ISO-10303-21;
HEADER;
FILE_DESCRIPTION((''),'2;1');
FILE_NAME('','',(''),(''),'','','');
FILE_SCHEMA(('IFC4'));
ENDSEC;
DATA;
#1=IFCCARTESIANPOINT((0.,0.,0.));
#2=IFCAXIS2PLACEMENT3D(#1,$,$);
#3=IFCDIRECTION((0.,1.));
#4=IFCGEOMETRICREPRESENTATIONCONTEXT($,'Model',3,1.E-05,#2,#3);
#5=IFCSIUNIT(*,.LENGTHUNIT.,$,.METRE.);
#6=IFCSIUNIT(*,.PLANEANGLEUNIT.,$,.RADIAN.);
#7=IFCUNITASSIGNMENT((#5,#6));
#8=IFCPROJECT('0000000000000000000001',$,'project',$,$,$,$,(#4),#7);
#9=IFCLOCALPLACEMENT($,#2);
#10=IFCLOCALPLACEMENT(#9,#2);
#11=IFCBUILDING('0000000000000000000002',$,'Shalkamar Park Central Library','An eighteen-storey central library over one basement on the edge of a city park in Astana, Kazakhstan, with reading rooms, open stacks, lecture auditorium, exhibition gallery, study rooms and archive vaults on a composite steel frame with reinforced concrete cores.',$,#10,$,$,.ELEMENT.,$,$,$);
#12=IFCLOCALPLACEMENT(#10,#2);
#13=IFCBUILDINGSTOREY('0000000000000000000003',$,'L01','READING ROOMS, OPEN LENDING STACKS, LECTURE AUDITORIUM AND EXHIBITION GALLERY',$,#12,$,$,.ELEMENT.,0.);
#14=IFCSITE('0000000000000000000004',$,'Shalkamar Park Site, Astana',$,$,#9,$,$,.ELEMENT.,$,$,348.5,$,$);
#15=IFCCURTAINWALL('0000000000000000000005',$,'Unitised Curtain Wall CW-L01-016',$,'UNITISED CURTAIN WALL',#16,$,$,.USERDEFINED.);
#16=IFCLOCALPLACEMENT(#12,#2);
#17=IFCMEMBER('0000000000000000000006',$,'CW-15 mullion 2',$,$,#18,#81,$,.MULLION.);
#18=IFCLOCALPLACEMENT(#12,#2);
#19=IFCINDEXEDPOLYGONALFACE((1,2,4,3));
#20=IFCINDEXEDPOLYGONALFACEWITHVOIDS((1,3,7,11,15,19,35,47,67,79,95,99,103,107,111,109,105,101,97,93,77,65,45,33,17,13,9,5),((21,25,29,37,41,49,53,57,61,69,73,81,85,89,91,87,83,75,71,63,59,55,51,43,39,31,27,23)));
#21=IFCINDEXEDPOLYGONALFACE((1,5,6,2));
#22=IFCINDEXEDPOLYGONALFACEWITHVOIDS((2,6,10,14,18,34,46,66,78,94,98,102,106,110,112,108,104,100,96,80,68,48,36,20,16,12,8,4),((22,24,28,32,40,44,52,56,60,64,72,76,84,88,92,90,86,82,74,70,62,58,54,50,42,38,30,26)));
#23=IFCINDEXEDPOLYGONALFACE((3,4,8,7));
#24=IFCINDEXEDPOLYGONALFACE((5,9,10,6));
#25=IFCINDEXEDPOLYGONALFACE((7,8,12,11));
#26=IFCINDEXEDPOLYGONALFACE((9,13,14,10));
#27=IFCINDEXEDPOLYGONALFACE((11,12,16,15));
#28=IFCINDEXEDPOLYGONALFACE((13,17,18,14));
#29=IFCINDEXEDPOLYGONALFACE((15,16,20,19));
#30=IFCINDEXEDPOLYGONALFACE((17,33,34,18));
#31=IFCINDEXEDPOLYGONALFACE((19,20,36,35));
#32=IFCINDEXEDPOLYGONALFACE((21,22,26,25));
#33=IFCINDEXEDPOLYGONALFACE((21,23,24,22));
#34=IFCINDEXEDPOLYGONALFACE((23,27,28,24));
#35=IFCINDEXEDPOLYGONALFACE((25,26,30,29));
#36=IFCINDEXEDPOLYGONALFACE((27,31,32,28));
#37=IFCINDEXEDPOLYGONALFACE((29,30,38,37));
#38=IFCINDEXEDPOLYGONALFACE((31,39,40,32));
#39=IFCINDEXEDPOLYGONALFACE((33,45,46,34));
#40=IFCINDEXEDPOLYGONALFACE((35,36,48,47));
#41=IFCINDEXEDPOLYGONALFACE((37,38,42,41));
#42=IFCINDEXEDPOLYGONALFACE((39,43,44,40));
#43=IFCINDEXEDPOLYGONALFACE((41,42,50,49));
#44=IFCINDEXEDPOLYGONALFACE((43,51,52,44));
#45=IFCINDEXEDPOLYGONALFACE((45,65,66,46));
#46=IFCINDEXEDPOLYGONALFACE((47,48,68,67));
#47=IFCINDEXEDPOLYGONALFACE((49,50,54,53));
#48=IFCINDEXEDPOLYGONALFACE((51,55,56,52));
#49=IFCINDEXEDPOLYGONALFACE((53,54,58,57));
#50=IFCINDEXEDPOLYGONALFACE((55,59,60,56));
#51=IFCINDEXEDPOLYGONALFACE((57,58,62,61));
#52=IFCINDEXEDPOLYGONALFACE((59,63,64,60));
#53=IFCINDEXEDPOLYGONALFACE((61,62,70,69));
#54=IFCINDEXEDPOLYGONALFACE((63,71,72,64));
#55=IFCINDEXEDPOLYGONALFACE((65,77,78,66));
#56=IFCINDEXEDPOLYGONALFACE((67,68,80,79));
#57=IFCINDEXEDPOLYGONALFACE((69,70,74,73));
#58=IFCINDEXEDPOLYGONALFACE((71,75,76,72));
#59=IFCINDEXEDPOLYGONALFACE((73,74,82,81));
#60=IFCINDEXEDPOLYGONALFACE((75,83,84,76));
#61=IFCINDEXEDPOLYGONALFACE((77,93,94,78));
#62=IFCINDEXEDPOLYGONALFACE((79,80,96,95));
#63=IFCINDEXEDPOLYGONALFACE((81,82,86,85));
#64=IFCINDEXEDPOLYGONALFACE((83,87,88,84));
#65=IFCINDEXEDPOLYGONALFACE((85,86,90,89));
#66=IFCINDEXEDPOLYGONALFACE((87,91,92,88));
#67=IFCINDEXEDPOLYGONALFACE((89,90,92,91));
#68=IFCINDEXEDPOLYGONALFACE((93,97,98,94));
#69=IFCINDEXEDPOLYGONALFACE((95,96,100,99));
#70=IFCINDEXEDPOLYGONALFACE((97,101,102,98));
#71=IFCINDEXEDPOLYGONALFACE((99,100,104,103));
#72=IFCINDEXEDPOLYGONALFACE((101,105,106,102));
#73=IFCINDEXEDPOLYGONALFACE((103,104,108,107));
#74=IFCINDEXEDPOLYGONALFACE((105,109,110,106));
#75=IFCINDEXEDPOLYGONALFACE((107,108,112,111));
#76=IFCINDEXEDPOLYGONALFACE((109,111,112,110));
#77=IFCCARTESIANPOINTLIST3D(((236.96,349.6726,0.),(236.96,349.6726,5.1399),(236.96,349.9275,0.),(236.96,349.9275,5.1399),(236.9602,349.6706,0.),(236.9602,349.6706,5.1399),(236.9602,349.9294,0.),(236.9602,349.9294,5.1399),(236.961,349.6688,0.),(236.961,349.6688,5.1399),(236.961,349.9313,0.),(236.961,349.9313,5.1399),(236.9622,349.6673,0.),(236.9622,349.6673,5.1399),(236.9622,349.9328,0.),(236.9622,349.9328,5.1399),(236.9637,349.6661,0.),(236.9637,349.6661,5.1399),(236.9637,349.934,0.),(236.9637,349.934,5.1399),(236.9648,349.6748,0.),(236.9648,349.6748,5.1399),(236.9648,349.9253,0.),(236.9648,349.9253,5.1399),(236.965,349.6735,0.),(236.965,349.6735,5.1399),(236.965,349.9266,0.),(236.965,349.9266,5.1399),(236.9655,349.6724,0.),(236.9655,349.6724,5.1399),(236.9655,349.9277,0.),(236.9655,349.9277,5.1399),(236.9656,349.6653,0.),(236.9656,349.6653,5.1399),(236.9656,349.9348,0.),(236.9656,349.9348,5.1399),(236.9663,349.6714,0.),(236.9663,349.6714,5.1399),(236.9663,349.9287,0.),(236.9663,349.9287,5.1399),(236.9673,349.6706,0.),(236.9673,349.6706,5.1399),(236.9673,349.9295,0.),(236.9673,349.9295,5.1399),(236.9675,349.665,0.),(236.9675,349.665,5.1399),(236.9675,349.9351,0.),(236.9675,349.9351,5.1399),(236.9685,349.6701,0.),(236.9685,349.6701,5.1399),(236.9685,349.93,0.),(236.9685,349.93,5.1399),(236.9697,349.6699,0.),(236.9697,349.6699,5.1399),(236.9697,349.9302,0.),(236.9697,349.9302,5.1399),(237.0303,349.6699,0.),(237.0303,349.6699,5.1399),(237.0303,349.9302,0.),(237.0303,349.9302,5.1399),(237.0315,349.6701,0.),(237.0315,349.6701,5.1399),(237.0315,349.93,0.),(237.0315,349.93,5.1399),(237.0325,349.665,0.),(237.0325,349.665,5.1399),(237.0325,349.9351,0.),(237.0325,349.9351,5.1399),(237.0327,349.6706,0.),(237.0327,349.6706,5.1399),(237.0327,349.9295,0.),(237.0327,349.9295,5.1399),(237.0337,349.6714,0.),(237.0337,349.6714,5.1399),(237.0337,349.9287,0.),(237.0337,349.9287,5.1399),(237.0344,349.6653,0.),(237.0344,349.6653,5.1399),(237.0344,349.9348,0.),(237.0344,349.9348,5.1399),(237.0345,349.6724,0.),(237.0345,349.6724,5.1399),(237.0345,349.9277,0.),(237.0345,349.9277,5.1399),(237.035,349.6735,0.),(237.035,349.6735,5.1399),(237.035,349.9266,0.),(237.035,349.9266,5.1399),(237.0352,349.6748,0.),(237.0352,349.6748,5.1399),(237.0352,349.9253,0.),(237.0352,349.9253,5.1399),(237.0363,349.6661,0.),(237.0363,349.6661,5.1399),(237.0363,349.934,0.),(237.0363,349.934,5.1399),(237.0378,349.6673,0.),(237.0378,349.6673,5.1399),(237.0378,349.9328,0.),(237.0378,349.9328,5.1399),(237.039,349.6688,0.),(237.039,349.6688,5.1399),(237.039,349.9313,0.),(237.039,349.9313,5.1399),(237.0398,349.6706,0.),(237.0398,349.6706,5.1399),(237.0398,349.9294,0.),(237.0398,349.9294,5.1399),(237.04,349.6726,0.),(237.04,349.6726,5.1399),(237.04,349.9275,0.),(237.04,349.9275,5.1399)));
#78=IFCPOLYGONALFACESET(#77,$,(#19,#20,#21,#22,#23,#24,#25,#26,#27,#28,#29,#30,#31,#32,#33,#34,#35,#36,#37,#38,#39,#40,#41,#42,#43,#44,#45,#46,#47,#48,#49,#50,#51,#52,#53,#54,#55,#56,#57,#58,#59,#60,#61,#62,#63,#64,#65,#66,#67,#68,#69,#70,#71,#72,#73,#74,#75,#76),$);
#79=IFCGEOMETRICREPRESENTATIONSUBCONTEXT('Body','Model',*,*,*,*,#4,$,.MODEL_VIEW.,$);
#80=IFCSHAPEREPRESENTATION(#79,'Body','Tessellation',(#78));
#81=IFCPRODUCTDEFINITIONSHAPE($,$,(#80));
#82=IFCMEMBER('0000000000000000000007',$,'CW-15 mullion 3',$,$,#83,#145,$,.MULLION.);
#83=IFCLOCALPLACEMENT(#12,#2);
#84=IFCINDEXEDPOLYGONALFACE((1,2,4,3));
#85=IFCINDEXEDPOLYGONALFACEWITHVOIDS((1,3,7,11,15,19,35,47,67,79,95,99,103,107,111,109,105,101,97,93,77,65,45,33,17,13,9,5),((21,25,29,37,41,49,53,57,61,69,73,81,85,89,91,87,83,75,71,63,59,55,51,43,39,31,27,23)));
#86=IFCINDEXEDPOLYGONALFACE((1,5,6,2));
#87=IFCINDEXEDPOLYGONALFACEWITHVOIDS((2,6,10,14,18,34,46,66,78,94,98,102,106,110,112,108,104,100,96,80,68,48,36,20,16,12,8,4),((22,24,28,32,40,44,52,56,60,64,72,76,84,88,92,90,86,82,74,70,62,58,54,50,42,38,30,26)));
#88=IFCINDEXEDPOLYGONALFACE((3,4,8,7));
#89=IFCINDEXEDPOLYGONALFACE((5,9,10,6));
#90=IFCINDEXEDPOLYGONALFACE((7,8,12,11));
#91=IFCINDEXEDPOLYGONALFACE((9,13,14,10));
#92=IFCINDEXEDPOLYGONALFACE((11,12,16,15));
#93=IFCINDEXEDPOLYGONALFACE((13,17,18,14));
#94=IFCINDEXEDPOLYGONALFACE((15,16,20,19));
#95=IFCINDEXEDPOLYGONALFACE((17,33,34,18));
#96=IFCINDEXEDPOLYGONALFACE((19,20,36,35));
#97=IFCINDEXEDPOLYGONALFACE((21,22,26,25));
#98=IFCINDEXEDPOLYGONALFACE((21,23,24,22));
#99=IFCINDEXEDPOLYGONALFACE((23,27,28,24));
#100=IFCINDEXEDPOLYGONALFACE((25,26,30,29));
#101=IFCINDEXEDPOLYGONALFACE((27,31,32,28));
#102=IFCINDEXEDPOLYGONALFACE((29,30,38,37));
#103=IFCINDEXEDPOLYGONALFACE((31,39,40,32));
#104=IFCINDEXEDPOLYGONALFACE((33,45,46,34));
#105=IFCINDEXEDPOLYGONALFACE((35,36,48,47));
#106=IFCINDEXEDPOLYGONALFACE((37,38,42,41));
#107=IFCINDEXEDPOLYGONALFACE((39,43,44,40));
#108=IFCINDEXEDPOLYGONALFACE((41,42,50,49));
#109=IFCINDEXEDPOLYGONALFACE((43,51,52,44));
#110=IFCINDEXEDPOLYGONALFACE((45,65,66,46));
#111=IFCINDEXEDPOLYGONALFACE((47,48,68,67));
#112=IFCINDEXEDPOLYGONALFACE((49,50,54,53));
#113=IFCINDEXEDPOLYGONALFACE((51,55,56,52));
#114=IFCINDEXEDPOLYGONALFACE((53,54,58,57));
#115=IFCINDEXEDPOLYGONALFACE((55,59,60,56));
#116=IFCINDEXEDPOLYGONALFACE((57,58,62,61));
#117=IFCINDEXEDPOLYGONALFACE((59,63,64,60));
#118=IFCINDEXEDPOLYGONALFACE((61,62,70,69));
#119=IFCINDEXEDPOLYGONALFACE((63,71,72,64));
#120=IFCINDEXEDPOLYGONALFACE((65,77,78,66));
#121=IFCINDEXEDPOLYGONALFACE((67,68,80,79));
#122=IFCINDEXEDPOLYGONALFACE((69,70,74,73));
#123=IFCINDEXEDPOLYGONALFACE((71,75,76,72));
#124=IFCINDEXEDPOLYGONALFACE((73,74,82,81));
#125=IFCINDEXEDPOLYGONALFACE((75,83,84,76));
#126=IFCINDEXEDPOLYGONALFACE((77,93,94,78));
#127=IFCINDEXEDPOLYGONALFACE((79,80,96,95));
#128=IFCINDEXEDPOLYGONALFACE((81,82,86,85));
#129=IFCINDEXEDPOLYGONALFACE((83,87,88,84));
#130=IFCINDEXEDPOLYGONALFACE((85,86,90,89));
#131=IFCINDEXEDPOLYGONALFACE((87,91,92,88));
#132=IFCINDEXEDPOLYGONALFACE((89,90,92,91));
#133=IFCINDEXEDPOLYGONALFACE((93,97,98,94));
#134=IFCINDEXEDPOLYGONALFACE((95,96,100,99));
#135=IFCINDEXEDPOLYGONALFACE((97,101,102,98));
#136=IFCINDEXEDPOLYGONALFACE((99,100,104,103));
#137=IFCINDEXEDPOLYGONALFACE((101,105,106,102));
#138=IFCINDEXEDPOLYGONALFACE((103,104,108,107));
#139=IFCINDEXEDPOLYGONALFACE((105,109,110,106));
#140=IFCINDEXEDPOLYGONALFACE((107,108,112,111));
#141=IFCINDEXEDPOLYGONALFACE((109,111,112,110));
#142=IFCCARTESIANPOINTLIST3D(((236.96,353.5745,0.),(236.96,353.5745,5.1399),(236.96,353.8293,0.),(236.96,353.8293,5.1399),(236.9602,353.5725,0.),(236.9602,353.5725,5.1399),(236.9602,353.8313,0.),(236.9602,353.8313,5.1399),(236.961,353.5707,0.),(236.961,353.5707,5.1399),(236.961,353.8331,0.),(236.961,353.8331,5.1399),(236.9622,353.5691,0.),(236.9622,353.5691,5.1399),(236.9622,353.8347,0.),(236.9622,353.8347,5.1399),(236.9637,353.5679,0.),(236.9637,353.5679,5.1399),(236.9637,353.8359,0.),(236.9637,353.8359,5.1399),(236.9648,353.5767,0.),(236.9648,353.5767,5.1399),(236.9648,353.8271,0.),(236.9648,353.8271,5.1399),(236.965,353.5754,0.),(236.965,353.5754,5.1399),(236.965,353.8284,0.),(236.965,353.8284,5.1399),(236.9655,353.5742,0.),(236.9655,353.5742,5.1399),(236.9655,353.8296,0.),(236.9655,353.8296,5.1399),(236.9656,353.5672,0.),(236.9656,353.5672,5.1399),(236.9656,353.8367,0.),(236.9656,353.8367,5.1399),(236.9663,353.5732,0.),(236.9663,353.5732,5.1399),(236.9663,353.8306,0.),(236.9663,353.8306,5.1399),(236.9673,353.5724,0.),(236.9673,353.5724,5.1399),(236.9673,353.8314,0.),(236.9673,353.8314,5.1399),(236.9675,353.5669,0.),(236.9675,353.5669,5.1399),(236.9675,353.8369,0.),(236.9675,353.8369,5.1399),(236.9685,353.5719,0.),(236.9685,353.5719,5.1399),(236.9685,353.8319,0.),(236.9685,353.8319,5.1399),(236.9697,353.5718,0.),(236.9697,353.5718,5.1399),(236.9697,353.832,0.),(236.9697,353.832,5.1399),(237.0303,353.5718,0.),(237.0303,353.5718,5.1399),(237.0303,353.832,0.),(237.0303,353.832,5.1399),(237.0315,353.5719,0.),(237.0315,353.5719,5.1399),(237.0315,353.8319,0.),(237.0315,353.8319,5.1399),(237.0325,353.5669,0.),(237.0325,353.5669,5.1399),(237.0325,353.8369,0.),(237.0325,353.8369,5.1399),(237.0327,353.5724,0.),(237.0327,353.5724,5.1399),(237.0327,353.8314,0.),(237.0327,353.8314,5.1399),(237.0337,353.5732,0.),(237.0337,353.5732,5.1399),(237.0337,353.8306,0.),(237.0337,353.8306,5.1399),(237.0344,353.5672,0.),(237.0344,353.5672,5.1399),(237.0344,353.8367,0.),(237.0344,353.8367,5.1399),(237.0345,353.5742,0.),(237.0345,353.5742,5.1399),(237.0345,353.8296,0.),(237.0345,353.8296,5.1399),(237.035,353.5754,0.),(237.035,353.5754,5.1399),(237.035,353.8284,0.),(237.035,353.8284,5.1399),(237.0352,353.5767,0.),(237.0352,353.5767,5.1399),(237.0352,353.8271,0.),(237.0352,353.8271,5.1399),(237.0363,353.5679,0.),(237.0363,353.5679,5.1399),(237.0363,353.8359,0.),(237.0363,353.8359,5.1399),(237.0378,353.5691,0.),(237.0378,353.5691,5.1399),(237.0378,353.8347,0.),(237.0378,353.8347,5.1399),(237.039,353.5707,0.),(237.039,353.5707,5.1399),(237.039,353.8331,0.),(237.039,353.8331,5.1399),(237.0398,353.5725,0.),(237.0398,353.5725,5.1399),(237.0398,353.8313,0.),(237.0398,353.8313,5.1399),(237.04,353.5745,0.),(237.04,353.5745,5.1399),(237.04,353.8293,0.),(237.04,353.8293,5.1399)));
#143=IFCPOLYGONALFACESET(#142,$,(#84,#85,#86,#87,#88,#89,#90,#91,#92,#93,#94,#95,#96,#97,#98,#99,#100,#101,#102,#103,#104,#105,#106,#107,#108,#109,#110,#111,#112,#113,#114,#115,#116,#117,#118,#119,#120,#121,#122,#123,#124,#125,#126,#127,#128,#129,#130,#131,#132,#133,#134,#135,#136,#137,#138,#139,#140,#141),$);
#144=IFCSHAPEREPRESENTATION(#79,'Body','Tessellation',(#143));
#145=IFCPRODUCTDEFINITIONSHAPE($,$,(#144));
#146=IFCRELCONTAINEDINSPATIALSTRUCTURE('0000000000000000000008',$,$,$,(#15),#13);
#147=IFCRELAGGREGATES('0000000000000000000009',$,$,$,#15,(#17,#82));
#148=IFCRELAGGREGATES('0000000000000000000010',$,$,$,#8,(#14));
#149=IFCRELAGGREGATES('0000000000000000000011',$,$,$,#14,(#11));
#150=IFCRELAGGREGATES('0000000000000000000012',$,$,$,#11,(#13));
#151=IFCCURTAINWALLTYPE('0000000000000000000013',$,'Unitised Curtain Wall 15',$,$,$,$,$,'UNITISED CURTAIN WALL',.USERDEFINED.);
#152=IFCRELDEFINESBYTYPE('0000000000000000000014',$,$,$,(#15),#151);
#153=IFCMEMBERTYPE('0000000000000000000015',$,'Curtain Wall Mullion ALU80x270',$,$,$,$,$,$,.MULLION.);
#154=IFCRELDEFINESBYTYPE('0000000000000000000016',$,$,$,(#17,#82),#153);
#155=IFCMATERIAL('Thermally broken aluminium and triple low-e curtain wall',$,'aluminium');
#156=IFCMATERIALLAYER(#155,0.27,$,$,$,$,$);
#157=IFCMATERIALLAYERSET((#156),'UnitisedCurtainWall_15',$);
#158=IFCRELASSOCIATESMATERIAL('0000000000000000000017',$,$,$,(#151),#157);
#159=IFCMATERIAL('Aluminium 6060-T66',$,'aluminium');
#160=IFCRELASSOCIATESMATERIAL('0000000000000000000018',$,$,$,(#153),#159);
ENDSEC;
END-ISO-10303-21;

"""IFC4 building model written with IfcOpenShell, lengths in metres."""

from ifc_helpers import new_model, si_unit, direction, frame, origin, origin_2d, place, context, subcontext, project, spatial, hollow_rectangle, extrude, material, layer, layer_set, material_profile, profile_set, type_object, element, aggregate, save


model = new_model("IFC4")

# Units and contexts
model_context = context("Model", 3, precision=1e-05, world=origin(), true_north=direction((0.0, 1.0)))
body_context = subcontext(model_context, "Body", "Model", "MODEL_VIEW")
ifc_project = project(units=[si_unit("LENGTHUNIT", "METRE"), si_unit("PLANEANGLEUNIT", "RADIAN")], contexts=[model_context])

# Site, building, storey
site_placement = place(None, origin())
site = spatial("IfcSite", under=ifc_project, at=site_placement, Name="Shalkamar Park Site, Astana", CompositionType="ELEMENT", RefElevation=348.5)
building_placement = place(site_placement, origin())
building = spatial("IfcBuilding", under=site, at=building_placement, Name="Shalkamar Park Central Library", Description="An eighteen-storey central library over one basement on the edge of a city park in Astana, Kazakhstan, with reading rooms, open stacks, lecture auditorium, exhibition gallery, study rooms and archive vaults on a composite steel frame with reinforced concrete cores.", CompositionType="ELEMENT")
storey_placement = place(building_placement, origin())
storey = spatial("IfcBuildingStorey", under=building, at=storey_placement, Name="L01", Description="READING ROOMS, OPEN LENDING STACKS, LECTURE AUDITORIUM AND EXHIBITION GALLERY", CompositionType="ELEMENT", Elevation=0.0)

# Curtain wall, members
ifc_material_1 = material(Name="Thermally broken aluminium and triple low-e curtain wall", Category="aluminium")
ifc_layer_1 = layer(ifc_material_1, 0.27)
ifc_layer_set_1 = layer_set([ifc_layer_1], Name="UnitisedCurtainWall_15")
curtain_wall_type_1 = type_object("IfcCurtainWallType", Name="Unitised Curtain Wall 15", ElementType="UNITISED CURTAIN WALL", PredefinedType="USERDEFINED", material=ifc_layer_set_1)
curtain_wall_1_placement = place(storey_placement, origin())
curtain_wall_1 = element("IfcCurtainWall", 1, at=curtain_wall_1_placement, inside=storey, type_object=curtain_wall_type_1, Name="Unitised Curtain Wall CW-L01-016", ObjectType="UNITISED CURTAIN WALL", PredefinedType="USERDEFINED")
ifc_material_2 = material(Name="Aluminium 6060-T66", Category="aluminium")
ifc_material_profile_1 = material_profile(ifc_material_2, hollow_rectangle(XDim=0.0801, YDim=0.27, WallThickness=0.0049, InnerFilletRadius=0.0049, OuterFilletRadius=0.0076, at=origin_2d()), Name="ALU 80x270x5")
ifc_profile_set_1 = profile_set([ifc_material_profile_1], Name="Aluminium 6060-T66")
member_type_1 = type_object("IfcMemberType", Name="Curtain Wall Mullion ALU80x270", PredefinedType="MULLION", material=ifc_profile_set_1)
member_1_placement = place(storey_placement, frame((237.0, 349.8, 0.0), z_axis=(0.0, 0.0, 1.0), x_axis=(-1.0, 0.0, 0.0)))
member_1 = element("IfcMember", 2, at=member_1_placement, type_object=member_type_1, Name="CW-15 mullion 2", PredefinedType="MULLION", context=body_context, shape_type="SweptSolid", body=[
    extrude(hollow_rectangle(XDim=0.0801, YDim=0.27, WallThickness=0.0049, InnerFilletRadius=0.0049, OuterFilletRadius=0.0076, at=origin_2d()), origin(), (0.0, 0.0, 1.0), 5.1399),
])
member_2_placement = place(storey_placement, frame((237.0, 353.7019, 0.0), z_axis=(0.0, 0.0, 1.0), x_axis=(-1.0, 0.0, 0.0)))
member_2 = element("IfcMember", 3, at=member_2_placement, type_object=member_type_1, Name="CW-15 mullion 3", PredefinedType="MULLION", context=body_context, shape_type="SweptSolid", body=[
    extrude(hollow_rectangle(XDim=0.0801, YDim=0.27, WallThickness=0.0049, InnerFilletRadius=0.0049, OuterFilletRadius=0.0076, at=origin_2d()), origin(), (0.0, 0.0, 1.0), 5.1399),
])

aggregate(curtain_wall_1, [member_1, member_2])

save(model, "model.ifc")
